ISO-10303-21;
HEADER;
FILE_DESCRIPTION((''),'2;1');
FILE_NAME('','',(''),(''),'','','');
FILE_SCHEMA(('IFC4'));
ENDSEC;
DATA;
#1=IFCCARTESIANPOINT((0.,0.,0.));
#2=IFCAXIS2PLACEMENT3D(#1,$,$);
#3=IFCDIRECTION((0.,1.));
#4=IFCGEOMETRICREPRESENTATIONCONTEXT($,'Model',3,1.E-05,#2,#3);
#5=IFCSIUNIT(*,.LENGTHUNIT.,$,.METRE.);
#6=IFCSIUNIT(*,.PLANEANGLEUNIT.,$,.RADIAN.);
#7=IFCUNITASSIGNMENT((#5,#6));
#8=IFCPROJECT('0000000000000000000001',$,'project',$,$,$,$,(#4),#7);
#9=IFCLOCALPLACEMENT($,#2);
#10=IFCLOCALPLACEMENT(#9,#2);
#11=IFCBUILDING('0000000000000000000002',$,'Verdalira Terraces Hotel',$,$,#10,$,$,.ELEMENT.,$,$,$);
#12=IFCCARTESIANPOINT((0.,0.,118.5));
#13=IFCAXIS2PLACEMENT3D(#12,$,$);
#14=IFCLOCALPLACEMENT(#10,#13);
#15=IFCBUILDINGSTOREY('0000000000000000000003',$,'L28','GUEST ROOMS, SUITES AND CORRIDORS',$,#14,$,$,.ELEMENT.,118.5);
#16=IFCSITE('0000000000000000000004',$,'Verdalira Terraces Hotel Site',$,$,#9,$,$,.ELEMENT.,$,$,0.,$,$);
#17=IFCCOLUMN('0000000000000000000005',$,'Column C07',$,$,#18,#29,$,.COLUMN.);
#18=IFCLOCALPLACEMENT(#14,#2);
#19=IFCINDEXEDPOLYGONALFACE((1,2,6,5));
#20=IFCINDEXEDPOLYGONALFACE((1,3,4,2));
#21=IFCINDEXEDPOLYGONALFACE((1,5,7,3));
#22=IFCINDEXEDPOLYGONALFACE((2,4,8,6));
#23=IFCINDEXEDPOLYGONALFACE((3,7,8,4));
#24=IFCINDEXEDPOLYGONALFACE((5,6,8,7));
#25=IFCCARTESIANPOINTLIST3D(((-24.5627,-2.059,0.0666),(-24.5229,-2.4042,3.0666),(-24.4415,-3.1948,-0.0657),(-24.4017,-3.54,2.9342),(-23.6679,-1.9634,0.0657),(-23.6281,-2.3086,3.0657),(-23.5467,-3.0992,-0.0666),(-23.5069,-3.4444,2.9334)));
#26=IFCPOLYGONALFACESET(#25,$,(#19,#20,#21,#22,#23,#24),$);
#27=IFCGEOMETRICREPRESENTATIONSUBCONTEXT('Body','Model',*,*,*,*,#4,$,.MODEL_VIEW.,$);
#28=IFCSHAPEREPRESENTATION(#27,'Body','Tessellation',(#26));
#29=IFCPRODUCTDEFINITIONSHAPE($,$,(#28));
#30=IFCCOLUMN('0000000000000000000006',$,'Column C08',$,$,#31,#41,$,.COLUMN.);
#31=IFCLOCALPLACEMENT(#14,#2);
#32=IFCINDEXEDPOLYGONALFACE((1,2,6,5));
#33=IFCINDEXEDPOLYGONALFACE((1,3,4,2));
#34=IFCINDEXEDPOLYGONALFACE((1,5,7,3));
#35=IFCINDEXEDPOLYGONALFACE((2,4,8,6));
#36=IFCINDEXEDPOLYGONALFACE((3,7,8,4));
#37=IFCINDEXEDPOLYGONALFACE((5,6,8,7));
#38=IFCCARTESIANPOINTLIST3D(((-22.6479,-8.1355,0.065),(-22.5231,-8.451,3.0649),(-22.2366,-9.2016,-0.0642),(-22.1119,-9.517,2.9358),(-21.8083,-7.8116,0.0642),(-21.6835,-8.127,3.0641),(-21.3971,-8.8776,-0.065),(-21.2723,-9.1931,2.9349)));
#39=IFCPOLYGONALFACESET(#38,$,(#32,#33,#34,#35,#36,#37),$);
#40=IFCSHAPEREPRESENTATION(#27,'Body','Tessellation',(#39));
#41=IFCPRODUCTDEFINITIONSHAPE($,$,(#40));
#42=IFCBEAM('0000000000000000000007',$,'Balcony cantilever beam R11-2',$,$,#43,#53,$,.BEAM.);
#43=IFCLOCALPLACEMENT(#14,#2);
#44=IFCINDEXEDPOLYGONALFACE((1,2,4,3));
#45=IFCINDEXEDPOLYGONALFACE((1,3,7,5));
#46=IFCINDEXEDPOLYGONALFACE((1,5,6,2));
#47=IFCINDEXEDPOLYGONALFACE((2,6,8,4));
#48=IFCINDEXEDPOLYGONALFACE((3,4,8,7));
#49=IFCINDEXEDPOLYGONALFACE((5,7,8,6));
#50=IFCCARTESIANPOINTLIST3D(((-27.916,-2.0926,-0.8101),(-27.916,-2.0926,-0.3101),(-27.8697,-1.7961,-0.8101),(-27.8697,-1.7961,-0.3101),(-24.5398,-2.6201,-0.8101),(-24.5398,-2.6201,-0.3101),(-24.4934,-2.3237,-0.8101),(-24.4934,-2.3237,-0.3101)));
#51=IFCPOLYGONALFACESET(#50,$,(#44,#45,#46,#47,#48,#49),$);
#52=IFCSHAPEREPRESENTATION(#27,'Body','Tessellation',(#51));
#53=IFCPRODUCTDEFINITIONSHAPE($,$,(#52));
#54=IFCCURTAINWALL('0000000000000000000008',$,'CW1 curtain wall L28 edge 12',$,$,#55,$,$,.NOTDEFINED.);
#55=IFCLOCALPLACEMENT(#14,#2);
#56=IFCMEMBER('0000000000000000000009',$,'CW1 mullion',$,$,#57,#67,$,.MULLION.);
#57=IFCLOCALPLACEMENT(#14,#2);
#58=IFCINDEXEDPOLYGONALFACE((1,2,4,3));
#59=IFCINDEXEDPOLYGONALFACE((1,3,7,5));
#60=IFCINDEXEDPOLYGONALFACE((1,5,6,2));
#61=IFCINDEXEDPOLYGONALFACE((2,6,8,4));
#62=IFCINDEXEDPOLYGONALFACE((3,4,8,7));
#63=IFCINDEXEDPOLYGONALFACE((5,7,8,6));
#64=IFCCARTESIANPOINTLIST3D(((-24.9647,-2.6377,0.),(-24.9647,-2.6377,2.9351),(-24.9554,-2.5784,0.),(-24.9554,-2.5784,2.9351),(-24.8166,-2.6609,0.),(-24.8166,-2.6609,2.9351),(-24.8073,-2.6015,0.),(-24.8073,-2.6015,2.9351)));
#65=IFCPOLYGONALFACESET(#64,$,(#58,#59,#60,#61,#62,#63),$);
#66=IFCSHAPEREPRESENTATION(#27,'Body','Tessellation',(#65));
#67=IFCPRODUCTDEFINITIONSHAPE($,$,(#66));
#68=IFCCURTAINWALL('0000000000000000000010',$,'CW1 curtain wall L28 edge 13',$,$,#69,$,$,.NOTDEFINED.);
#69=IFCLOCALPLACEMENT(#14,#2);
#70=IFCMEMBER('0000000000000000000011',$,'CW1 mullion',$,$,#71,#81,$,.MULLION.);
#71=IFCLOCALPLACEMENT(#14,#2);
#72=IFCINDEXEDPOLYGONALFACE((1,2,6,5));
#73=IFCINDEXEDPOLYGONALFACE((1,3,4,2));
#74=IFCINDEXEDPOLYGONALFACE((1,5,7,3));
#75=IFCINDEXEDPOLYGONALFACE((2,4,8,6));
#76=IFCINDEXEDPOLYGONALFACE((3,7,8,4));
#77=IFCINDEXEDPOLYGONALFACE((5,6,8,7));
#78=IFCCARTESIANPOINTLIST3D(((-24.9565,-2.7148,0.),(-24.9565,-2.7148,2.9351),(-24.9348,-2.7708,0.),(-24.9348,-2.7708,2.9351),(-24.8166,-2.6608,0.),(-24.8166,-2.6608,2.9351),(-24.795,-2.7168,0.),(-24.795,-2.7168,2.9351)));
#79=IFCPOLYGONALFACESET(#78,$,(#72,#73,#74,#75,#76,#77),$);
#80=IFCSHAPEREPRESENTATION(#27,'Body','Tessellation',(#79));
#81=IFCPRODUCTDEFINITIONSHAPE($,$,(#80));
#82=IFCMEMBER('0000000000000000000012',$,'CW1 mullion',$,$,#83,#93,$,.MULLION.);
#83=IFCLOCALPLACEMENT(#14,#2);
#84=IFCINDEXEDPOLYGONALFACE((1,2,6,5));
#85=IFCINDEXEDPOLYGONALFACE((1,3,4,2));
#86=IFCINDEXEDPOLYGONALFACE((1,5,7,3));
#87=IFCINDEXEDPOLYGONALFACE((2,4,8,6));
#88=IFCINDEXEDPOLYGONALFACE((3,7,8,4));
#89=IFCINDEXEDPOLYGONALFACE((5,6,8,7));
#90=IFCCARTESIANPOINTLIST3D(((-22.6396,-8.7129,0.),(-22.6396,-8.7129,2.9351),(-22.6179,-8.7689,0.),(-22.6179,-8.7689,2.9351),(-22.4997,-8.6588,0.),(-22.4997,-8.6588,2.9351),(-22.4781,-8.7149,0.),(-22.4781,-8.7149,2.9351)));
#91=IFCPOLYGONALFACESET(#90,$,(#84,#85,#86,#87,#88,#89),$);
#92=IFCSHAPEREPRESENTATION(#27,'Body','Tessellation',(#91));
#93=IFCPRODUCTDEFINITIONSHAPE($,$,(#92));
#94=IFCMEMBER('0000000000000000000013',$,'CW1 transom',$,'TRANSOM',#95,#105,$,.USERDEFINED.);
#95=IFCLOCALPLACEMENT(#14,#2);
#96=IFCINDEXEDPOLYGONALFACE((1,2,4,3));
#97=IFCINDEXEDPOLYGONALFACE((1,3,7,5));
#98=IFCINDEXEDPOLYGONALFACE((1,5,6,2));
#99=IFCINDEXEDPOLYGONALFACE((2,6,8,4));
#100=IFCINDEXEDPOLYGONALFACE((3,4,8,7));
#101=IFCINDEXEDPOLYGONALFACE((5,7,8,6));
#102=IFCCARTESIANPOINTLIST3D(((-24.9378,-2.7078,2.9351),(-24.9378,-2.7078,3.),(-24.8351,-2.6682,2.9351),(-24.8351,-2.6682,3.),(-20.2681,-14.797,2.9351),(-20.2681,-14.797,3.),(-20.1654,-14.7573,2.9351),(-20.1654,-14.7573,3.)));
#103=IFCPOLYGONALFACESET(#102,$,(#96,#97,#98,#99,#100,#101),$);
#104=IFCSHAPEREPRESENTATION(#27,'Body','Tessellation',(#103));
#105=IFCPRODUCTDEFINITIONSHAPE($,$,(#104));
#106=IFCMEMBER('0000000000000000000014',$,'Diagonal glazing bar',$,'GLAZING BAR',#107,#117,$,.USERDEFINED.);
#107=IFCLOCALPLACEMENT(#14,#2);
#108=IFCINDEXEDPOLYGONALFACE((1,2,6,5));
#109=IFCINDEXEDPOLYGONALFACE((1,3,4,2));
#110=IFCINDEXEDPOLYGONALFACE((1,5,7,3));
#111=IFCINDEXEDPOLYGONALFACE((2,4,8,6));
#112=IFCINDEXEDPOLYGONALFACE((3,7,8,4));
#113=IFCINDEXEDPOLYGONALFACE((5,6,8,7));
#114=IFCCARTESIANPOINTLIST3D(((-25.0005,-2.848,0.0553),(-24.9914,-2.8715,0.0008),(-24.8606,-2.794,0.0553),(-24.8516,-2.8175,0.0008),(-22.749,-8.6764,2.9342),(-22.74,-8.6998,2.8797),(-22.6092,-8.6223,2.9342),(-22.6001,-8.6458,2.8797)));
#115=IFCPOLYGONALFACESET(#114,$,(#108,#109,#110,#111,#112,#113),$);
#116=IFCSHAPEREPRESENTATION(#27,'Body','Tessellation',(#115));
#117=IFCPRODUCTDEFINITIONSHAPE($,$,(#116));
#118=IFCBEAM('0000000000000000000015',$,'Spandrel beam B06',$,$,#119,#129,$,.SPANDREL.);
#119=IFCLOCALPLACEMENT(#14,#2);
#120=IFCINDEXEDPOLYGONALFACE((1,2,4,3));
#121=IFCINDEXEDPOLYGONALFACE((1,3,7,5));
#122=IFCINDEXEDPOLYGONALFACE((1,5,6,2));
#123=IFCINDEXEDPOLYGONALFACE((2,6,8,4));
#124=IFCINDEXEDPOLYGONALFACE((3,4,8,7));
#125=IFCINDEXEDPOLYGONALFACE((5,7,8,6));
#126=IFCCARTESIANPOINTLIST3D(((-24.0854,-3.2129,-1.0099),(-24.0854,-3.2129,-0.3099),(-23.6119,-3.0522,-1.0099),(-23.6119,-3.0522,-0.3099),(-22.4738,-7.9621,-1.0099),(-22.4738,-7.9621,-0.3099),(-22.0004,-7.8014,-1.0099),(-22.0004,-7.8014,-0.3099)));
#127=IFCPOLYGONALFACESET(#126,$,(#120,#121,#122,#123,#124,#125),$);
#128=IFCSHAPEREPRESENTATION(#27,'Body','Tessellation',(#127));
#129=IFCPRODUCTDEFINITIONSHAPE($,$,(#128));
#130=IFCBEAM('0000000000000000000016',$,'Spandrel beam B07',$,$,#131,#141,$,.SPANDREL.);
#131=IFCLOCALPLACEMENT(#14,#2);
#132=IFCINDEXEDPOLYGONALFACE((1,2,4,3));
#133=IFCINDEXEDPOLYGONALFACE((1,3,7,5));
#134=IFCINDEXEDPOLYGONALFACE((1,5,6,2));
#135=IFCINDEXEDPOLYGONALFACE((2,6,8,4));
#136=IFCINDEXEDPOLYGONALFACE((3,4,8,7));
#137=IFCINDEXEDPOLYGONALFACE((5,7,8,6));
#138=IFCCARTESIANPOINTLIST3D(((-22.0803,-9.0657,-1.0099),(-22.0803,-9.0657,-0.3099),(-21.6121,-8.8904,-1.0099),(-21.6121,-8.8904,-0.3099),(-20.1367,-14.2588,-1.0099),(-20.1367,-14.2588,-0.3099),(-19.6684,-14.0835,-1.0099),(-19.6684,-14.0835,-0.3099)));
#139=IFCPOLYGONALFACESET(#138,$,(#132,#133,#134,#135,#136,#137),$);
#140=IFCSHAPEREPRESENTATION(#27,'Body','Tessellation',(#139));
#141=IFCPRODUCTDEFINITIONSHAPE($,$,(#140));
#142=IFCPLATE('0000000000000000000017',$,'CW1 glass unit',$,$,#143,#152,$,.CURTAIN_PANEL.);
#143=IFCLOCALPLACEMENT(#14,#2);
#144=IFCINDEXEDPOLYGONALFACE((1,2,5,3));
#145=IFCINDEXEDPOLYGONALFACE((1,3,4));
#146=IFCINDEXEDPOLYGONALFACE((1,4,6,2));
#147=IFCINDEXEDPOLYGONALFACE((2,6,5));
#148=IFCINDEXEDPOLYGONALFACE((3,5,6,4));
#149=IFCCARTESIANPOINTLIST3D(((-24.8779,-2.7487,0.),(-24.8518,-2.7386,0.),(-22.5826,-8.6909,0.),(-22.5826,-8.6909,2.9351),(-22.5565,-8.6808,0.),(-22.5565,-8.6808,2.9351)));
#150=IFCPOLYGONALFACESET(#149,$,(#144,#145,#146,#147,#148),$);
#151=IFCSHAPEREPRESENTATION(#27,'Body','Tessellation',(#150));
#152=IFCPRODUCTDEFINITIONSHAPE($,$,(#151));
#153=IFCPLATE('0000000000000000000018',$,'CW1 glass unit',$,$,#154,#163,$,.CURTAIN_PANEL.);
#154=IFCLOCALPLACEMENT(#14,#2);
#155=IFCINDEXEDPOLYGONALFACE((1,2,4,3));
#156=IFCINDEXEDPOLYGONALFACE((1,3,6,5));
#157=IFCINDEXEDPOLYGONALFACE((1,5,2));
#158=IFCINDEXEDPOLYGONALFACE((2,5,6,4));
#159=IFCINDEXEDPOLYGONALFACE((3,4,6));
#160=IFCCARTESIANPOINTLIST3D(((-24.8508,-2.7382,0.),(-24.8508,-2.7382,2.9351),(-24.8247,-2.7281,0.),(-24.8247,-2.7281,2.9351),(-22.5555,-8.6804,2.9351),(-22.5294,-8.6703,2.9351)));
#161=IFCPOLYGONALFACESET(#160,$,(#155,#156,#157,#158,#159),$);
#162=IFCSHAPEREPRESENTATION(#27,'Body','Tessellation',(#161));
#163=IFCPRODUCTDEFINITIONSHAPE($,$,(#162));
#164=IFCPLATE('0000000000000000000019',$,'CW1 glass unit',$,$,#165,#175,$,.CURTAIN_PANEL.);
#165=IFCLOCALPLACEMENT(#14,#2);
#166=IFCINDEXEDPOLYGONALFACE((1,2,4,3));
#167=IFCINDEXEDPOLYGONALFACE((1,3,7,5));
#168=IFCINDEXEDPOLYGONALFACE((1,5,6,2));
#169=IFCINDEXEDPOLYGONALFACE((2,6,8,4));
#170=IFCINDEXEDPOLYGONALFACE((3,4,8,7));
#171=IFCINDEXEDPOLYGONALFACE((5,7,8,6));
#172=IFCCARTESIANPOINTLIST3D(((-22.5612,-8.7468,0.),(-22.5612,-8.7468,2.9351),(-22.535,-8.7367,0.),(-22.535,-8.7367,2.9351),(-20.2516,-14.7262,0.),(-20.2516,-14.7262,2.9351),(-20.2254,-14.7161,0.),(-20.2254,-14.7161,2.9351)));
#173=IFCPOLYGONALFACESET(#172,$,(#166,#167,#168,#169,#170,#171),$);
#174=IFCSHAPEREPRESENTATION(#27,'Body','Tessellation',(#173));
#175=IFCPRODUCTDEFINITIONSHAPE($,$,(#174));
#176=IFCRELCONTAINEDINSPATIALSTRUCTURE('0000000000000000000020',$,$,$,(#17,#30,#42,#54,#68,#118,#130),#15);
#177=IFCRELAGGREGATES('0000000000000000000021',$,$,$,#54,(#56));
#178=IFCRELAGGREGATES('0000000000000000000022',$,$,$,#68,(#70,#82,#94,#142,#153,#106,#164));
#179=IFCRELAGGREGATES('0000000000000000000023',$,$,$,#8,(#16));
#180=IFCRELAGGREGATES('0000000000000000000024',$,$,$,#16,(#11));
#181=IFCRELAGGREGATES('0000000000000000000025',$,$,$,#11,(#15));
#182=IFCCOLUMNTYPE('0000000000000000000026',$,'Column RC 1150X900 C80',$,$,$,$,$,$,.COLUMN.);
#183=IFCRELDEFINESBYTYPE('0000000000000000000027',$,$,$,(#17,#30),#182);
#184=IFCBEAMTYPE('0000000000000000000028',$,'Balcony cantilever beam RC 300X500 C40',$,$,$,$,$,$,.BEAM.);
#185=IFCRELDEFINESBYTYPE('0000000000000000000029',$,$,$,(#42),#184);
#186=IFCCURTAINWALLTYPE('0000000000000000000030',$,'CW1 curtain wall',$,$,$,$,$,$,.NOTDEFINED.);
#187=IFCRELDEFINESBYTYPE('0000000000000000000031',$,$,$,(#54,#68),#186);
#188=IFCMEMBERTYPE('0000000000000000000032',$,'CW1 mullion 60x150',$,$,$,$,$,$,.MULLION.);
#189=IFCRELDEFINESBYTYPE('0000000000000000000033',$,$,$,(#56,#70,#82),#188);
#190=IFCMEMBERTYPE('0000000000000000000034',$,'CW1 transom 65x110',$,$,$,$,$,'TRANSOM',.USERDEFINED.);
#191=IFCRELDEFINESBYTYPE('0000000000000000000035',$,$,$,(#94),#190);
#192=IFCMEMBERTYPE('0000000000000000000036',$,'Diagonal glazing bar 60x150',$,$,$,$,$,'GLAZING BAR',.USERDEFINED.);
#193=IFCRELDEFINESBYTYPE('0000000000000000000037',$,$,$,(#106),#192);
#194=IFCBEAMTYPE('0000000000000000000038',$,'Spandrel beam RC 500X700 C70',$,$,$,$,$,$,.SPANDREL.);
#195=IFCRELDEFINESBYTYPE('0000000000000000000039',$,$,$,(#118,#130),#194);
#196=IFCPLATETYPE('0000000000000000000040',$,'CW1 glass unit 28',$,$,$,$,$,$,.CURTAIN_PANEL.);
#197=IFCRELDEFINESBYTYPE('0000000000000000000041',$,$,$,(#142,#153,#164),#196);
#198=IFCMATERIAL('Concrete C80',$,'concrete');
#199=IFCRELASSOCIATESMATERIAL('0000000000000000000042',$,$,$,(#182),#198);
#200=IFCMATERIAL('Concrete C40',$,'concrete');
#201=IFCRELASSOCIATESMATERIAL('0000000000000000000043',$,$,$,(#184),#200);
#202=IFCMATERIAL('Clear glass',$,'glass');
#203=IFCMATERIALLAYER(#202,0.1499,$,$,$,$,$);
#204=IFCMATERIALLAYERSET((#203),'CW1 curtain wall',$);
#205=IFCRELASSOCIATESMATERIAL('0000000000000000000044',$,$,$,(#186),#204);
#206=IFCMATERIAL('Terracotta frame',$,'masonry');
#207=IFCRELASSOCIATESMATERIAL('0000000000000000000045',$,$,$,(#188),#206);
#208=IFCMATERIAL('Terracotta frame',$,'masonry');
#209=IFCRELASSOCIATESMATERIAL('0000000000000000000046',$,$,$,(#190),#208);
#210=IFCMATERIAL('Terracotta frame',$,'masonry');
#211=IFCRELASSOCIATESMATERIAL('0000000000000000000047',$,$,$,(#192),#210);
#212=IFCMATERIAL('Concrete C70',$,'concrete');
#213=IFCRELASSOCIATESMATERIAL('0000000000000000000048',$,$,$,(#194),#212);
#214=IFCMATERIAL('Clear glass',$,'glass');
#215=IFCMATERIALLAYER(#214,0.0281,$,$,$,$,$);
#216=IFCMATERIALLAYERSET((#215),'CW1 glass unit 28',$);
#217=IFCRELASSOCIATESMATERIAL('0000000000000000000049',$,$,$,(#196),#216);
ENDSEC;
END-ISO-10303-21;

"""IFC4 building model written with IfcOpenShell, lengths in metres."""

from ifc_helpers import new_model, si_unit, direction, frame, origin, origin_2d, place, context, subcontext, project, spatial, polyline, rectangle, outline, extrude, material, layer, layer_set, material_profile, profile_set, type_object, element, aggregate, save


model = new_model("IFC4")

# Units and contexts
model_context = context("Model", 3, precision=1e-05, world=origin(), true_north=direction((0.0, 1.0)))
body_context = subcontext(model_context, "Body", "Model", "MODEL_VIEW")
ifc_project = project(units=[si_unit("LENGTHUNIT", "METRE"), si_unit("PLANEANGLEUNIT", "RADIAN")], contexts=[model_context])

# Site, building, storey
site_placement = place(None, origin())
site = spatial("IfcSite", under=ifc_project, at=site_placement, Name="Verdalira Terraces Hotel Site", CompositionType="ELEMENT", RefElevation=0.0)
building_placement = place(site_placement, origin())
building = spatial("IfcBuilding", under=site, at=building_placement, Name="Verdalira Terraces Hotel", CompositionType="ELEMENT")
storey_placement = place(building_placement, frame((0.0, 0.0, 118.5)))
storey = spatial("IfcBuildingStorey", under=building, at=storey_placement, Name="L28", Description="GUEST ROOMS, SUITES AND CORRIDORS", CompositionType="ELEMENT", Elevation=118.5)

# Columns
ifc_material_1 = material(Name="Concrete C80", Category="concrete")
ifc_material_profile_1 = material_profile(ifc_material_1, rectangle(XDim=1.1499, YDim=0.8999, at=origin_2d()), Name="RC 1150X900")
ifc_profile_set_1 = profile_set([ifc_material_profile_1], Name="Concrete C80")
column_type = type_object("IfcColumnType", Name="Column RC 1150X900 C80", PredefinedType="COLUMN", material=ifc_profile_set_1)
column_1_placement = place(storey_placement, frame((-24.0547, -2.5791, 0.0), z_axis=(0.013177, -0.114307, 0.993358), x_axis=(-0.105375, 0.987754, 0.11506)))
element("IfcColumn", 1, at=column_1_placement, inside=storey, type_object=column_type, Name="Column C07", PredefinedType="COLUMN", context=body_context, shape_type="SweptSolid", body=[
    extrude(rectangle(XDim=1.1499, YDim=0.8999, at=origin_2d()), origin(), (0.0, 0.0, 1.0), 3.02),
])
column_2_placement = place(storey_placement, frame((-22.0225, -8.5066, 0.0), z_axis=(0.041322, -0.104478, 0.993668), x_axis=(0.357607, -0.92709, -0.112348)))
element("IfcColumn", 2, at=column_2_placement, inside=storey, type_object=column_type, Name="Column C08", PredefinedType="COLUMN", context=body_context, shape_type="SweptSolid", body=[
    extrude(rectangle(XDim=1.1499, YDim=0.8999, at=origin_2d()), origin(), (0.0, 0.0, 1.0), 3.019),
])

# Beam
ifc_material_2 = material(Name="Concrete C40", Category="concrete")
ifc_material_profile_2 = material_profile(ifc_material_2, rectangle(XDim=0.3, YDim=0.5, at=origin_2d()), Name="RC 300X500")
ifc_profile_set_2 = profile_set([ifc_material_profile_2], Name="Concrete C40")
beam_type_1 = type_object("IfcBeamType", Name="Balcony cantilever beam RC 300X500 C40", PredefinedType="BEAM", material=ifc_profile_set_2)
beam_1_placement = place(storey_placement, frame((-24.5166, -2.4719, -0.5601), z_axis=(-0.98801, 0.154392, 0.0), x_axis=(-0.154392, -0.98801, 0.0)))
element("IfcBeam", 3, at=beam_1_placement, inside=storey, type_object=beam_type_1, Name="Balcony cantilever beam R11-2", PredefinedType="BEAM", context=body_context, shape_type="SweptSolid", body=[
    extrude(rectangle(XDim=0.3, YDim=0.5, at=origin_2d()), origin(), (0.0, 0.0, 1.0), 3.4172),
])

# Curtain wall, member
ifc_material_3 = material(Name="Clear glass", Category="glass")
ifc_layer_1 = layer(ifc_material_3, 0.1499)
ifc_layer_set_1 = layer_set([ifc_layer_1], Name="CW1 curtain wall")
curtain_wall_type = type_object("IfcCurtainWallType", Name="CW1 curtain wall", PredefinedType="NOTDEFINED", material=ifc_layer_set_1)
curtain_wall_1_placement = place(storey_placement, origin())
curtain_wall_1 = element("IfcCurtainWall", 4, at=curtain_wall_1_placement, inside=storey, type_object=curtain_wall_type, Name="CW1 curtain wall L28 edge 12", PredefinedType="NOTDEFINED")
ifc_material_4 = material(Name="Terracotta frame", Category="masonry")
ifc_material_profile_3 = material_profile(ifc_material_4, rectangle(XDim=0.0601, YDim=0.1499, at=origin_2d()), Name="MU 60x150")
ifc_profile_set_3 = profile_set([ifc_material_profile_3], Name="Terracotta frame")
member_type_1 = type_object("IfcMemberType", Name="CW1 mullion 60x150", PredefinedType="MULLION", material=ifc_profile_set_3)
member_1_placement = place(storey_placement, frame((-24.886, -2.6196, 0.0), z_axis=(0.0, 0.0, 1.0), x_axis=(-0.154366, -0.988014, 0.0)))
member_1 = element("IfcMember", 5, at=member_1_placement, type_object=member_type_1, Name="CW1 mullion", PredefinedType="MULLION", context=body_context, shape_type="SweptSolid", body=[
    extrude(rectangle(XDim=0.0601, YDim=0.1499, at=origin_2d()), origin(), (0.0, 0.0, 1.0), 2.9351),
])
aggregate(curtain_wall_1, [member_1])

# Curtain wall, members
curtain_wall_2_placement = place(storey_placement, origin())
curtain_wall_2 = element("IfcCurtainWall", 6, at=curtain_wall_2_placement, inside=storey, type_object=curtain_wall_type, Name="CW1 curtain wall L28 edge 13", PredefinedType="NOTDEFINED")
member_2_placement = place(storey_placement, frame((-24.8757, -2.7158, 0.0), z_axis=(0.0, 0.0, 1.0), x_axis=(0.360322, -0.932828, 0.0)))
member_2 = element("IfcMember", 7, at=member_2_placement, type_object=member_type_1, Name="CW1 mullion", PredefinedType="MULLION", context=body_context, shape_type="SweptSolid", body=[
    extrude(rectangle(XDim=0.0601, YDim=0.1499, at=origin_2d()), origin(), (0.0, 0.0, 1.0), 2.9351),
])
member_3_placement = place(storey_placement, frame((-22.5588, -8.7139, 0.0), z_axis=(0.0, 0.0, 1.0), x_axis=(0.360322, -0.932828, 0.0)))
member_3 = element("IfcMember", 8, at=member_3_placement, type_object=member_type_1, Name="CW1 mullion", PredefinedType="MULLION", context=body_context, shape_type="SweptSolid", body=[
    extrude(rectangle(XDim=0.0601, YDim=0.1499, at=origin_2d()), origin(), (0.0, 0.0, 1.0), 2.9351),
])
ifc_material_5 = material(Name="Terracotta frame", Category="masonry")
ifc_material_profile_4 = material_profile(ifc_material_5, rectangle(XDim=0.1101, YDim=0.0649, at=origin_2d()), Name="TR 65x110")
ifc_profile_set_4 = profile_set([ifc_material_profile_4], Name="Terracotta frame")
member_type_2 = type_object("IfcMemberType", Name="CW1 transom 65x110", ElementType="TRANSOM", PredefinedType="USERDEFINED", material=ifc_profile_set_4)
member_4_placement = place(storey_placement, frame((-24.8865, -2.688, 2.9675), z_axis=(0.360324, -0.932827, 0.0), x_axis=(0.932827, 0.360324, 0.0)))
member_4 = element("IfcMember", 9, at=member_4_placement, type_object=member_type_2, Name="CW1 transom", ObjectType="TRANSOM", PredefinedType="USERDEFINED", context=body_context, shape_type="SweptSolid", body=[
    extrude(rectangle(XDim=0.1101, YDim=0.0649, at=origin_2d()), origin(), (0.0, 0.0, 1.0), 12.9597),
])
ifc_material_6 = material(Name="Terracotta frame", Category="masonry")
ifc_material_profile_5 = material_profile(ifc_material_6, rectangle(XDim=0.1499, YDim=0.0601, at=origin_2d()), Name="GB 60x150")
ifc_profile_set_5 = profile_set([ifc_material_profile_5], Name="Terracotta frame")
member_type_3 = type_object("IfcMemberType", Name="Diagonal glazing bar 60x150", ElementType="GLAZING BAR", PredefinedType="USERDEFINED", material=ifc_profile_set_5)
member_5_placement = place(storey_placement, frame((-24.926, -2.8328, 0.0281), z_axis=(0.327273, -0.847212, 0.418478), x_axis=(0.93282, 0.360343, 0.0)))
member_5 = element("IfcMember", 10, at=member_5_placement, type_object=member_type_3, Name="Diagonal glazing bar", ObjectType="GLAZING BAR", PredefinedType="USERDEFINED", context=body_context, shape_type="SweptSolid", body=[
    extrude(rectangle(XDim=0.1499, YDim=0.0601, at=origin_2d()), origin(), (0.0, 0.0, 1.0), 6.8794),
])

# Beams
ifc_material_7 = material(Name="Concrete C70", Category="concrete")
ifc_material_profile_6 = material_profile(ifc_material_7, rectangle(XDim=0.5, YDim=0.7, at=origin_2d()), Name="RC 500X700")
ifc_profile_set_6 = profile_set([ifc_material_profile_6], Name="Concrete C70")
beam_type_2 = type_object("IfcBeamType", Name="Spandrel beam RC 500X700 C70", PredefinedType="SPANDREL", material=ifc_profile_set_6)
beam_2_placement = place(storey_placement, frame((-23.8486, -3.1326, -0.6599), z_axis=(0.321335, -0.946966, 0.0), x_axis=(0.946966, 0.321335, 0.0)))
element("IfcBeam", 11, at=beam_2_placement, inside=storey, type_object=beam_type_2, Name="Spandrel beam B06", PredefinedType="SPANDREL", context=body_context, shape_type="SweptSolid", body=[
    extrude(rectangle(XDim=0.5, YDim=0.7, at=origin_2d()), origin(), (0.0, 0.0, 1.0), 5.0151),
])
beam_3_placement = place(storey_placement, frame((-21.8462, -8.978, -0.6599), z_axis=(0.35052, -0.936555, 0.0), x_axis=(0.936555, 0.35052, 0.0)))
element("IfcBeam", 12, at=beam_3_placement, inside=storey, type_object=beam_type_2, Name="Spandrel beam B07", PredefinedType="SPANDREL", context=body_context, shape_type="SweptSolid", body=[
    extrude(rectangle(XDim=0.5, YDim=0.7, at=origin_2d()), origin(), (0.0, 0.0, 1.0), 5.5449),
])

# Plates
ifc_material_8 = material(Name="Clear glass", Category="glass")
ifc_layer_2 = layer(ifc_material_8, 0.0281)
ifc_layer_set_2 = layer_set([ifc_layer_2], Name="CW1 glass unit 28")
plate_type = type_object("IfcPlateType", Name="CW1 glass unit 28", PredefinedType="CURTAIN_PANEL", material=ifc_layer_set_2)
plate_1_placement = place(storey_placement, frame((-23.7041, -5.7097, 1.4675), z_axis=(-0.932828, -0.360322, 0.0), x_axis=(0.360322, -0.932828, 0.0)))
plate_1 = element("IfcPlate", 13, at=plate_1_placement, type_object=plate_type, Name="CW1 glass unit", PredefinedType="CURTAIN_PANEL", context=body_context, shape_type="SweptSolid", body=[
    extrude(outline(polyline([(-3.1851, -1.4675), (3.1851, -1.4675), (3.1851, 1.4675), (-3.1851, -1.4675)])), origin(), (0.0, 0.0, 1.0), 0.0281),
])
plate_2_placement = place(storey_placement, frame((-23.677, -5.6992, 1.4675), z_axis=(-0.932828, -0.360322, 0.0), x_axis=(0.360322, -0.932828, 0.0)))
plate_2 = element("IfcPlate", 14, at=plate_2_placement, type_object=plate_type, Name="CW1 glass unit", PredefinedType="CURTAIN_PANEL", context=body_context, shape_type="SweptSolid", body=[
    extrude(outline(polyline([(-3.1851, -1.4675), (3.1851, 1.4675), (-3.1851, 1.4675), (-3.1851, -1.4675)])), origin(), (0.0, 0.0, 1.0), 0.0281),
])
plate_3_placement = place(storey_placement, frame((-21.3933, -11.7314, 0.0), z_axis=(0.0, 0.0, 1.0), x_axis=(0.360322, -0.932828, 0.0)))
plate_3 = element("IfcPlate", 15, at=plate_3_placement, type_object=plate_type, Name="CW1 glass unit", PredefinedType="CURTAIN_PANEL", context=body_context, shape_type="SweptSolid", body=[
    extrude(rectangle(XDim=6.4099, YDim=0.0281, at=origin_2d()), origin(), (0.0, 0.0, 1.0), 2.9351),
])
aggregate(curtain_wall_2, [member_2, member_3, member_4, plate_1, plate_2, member_5, plate_3])

save(model, "model.ifc")
